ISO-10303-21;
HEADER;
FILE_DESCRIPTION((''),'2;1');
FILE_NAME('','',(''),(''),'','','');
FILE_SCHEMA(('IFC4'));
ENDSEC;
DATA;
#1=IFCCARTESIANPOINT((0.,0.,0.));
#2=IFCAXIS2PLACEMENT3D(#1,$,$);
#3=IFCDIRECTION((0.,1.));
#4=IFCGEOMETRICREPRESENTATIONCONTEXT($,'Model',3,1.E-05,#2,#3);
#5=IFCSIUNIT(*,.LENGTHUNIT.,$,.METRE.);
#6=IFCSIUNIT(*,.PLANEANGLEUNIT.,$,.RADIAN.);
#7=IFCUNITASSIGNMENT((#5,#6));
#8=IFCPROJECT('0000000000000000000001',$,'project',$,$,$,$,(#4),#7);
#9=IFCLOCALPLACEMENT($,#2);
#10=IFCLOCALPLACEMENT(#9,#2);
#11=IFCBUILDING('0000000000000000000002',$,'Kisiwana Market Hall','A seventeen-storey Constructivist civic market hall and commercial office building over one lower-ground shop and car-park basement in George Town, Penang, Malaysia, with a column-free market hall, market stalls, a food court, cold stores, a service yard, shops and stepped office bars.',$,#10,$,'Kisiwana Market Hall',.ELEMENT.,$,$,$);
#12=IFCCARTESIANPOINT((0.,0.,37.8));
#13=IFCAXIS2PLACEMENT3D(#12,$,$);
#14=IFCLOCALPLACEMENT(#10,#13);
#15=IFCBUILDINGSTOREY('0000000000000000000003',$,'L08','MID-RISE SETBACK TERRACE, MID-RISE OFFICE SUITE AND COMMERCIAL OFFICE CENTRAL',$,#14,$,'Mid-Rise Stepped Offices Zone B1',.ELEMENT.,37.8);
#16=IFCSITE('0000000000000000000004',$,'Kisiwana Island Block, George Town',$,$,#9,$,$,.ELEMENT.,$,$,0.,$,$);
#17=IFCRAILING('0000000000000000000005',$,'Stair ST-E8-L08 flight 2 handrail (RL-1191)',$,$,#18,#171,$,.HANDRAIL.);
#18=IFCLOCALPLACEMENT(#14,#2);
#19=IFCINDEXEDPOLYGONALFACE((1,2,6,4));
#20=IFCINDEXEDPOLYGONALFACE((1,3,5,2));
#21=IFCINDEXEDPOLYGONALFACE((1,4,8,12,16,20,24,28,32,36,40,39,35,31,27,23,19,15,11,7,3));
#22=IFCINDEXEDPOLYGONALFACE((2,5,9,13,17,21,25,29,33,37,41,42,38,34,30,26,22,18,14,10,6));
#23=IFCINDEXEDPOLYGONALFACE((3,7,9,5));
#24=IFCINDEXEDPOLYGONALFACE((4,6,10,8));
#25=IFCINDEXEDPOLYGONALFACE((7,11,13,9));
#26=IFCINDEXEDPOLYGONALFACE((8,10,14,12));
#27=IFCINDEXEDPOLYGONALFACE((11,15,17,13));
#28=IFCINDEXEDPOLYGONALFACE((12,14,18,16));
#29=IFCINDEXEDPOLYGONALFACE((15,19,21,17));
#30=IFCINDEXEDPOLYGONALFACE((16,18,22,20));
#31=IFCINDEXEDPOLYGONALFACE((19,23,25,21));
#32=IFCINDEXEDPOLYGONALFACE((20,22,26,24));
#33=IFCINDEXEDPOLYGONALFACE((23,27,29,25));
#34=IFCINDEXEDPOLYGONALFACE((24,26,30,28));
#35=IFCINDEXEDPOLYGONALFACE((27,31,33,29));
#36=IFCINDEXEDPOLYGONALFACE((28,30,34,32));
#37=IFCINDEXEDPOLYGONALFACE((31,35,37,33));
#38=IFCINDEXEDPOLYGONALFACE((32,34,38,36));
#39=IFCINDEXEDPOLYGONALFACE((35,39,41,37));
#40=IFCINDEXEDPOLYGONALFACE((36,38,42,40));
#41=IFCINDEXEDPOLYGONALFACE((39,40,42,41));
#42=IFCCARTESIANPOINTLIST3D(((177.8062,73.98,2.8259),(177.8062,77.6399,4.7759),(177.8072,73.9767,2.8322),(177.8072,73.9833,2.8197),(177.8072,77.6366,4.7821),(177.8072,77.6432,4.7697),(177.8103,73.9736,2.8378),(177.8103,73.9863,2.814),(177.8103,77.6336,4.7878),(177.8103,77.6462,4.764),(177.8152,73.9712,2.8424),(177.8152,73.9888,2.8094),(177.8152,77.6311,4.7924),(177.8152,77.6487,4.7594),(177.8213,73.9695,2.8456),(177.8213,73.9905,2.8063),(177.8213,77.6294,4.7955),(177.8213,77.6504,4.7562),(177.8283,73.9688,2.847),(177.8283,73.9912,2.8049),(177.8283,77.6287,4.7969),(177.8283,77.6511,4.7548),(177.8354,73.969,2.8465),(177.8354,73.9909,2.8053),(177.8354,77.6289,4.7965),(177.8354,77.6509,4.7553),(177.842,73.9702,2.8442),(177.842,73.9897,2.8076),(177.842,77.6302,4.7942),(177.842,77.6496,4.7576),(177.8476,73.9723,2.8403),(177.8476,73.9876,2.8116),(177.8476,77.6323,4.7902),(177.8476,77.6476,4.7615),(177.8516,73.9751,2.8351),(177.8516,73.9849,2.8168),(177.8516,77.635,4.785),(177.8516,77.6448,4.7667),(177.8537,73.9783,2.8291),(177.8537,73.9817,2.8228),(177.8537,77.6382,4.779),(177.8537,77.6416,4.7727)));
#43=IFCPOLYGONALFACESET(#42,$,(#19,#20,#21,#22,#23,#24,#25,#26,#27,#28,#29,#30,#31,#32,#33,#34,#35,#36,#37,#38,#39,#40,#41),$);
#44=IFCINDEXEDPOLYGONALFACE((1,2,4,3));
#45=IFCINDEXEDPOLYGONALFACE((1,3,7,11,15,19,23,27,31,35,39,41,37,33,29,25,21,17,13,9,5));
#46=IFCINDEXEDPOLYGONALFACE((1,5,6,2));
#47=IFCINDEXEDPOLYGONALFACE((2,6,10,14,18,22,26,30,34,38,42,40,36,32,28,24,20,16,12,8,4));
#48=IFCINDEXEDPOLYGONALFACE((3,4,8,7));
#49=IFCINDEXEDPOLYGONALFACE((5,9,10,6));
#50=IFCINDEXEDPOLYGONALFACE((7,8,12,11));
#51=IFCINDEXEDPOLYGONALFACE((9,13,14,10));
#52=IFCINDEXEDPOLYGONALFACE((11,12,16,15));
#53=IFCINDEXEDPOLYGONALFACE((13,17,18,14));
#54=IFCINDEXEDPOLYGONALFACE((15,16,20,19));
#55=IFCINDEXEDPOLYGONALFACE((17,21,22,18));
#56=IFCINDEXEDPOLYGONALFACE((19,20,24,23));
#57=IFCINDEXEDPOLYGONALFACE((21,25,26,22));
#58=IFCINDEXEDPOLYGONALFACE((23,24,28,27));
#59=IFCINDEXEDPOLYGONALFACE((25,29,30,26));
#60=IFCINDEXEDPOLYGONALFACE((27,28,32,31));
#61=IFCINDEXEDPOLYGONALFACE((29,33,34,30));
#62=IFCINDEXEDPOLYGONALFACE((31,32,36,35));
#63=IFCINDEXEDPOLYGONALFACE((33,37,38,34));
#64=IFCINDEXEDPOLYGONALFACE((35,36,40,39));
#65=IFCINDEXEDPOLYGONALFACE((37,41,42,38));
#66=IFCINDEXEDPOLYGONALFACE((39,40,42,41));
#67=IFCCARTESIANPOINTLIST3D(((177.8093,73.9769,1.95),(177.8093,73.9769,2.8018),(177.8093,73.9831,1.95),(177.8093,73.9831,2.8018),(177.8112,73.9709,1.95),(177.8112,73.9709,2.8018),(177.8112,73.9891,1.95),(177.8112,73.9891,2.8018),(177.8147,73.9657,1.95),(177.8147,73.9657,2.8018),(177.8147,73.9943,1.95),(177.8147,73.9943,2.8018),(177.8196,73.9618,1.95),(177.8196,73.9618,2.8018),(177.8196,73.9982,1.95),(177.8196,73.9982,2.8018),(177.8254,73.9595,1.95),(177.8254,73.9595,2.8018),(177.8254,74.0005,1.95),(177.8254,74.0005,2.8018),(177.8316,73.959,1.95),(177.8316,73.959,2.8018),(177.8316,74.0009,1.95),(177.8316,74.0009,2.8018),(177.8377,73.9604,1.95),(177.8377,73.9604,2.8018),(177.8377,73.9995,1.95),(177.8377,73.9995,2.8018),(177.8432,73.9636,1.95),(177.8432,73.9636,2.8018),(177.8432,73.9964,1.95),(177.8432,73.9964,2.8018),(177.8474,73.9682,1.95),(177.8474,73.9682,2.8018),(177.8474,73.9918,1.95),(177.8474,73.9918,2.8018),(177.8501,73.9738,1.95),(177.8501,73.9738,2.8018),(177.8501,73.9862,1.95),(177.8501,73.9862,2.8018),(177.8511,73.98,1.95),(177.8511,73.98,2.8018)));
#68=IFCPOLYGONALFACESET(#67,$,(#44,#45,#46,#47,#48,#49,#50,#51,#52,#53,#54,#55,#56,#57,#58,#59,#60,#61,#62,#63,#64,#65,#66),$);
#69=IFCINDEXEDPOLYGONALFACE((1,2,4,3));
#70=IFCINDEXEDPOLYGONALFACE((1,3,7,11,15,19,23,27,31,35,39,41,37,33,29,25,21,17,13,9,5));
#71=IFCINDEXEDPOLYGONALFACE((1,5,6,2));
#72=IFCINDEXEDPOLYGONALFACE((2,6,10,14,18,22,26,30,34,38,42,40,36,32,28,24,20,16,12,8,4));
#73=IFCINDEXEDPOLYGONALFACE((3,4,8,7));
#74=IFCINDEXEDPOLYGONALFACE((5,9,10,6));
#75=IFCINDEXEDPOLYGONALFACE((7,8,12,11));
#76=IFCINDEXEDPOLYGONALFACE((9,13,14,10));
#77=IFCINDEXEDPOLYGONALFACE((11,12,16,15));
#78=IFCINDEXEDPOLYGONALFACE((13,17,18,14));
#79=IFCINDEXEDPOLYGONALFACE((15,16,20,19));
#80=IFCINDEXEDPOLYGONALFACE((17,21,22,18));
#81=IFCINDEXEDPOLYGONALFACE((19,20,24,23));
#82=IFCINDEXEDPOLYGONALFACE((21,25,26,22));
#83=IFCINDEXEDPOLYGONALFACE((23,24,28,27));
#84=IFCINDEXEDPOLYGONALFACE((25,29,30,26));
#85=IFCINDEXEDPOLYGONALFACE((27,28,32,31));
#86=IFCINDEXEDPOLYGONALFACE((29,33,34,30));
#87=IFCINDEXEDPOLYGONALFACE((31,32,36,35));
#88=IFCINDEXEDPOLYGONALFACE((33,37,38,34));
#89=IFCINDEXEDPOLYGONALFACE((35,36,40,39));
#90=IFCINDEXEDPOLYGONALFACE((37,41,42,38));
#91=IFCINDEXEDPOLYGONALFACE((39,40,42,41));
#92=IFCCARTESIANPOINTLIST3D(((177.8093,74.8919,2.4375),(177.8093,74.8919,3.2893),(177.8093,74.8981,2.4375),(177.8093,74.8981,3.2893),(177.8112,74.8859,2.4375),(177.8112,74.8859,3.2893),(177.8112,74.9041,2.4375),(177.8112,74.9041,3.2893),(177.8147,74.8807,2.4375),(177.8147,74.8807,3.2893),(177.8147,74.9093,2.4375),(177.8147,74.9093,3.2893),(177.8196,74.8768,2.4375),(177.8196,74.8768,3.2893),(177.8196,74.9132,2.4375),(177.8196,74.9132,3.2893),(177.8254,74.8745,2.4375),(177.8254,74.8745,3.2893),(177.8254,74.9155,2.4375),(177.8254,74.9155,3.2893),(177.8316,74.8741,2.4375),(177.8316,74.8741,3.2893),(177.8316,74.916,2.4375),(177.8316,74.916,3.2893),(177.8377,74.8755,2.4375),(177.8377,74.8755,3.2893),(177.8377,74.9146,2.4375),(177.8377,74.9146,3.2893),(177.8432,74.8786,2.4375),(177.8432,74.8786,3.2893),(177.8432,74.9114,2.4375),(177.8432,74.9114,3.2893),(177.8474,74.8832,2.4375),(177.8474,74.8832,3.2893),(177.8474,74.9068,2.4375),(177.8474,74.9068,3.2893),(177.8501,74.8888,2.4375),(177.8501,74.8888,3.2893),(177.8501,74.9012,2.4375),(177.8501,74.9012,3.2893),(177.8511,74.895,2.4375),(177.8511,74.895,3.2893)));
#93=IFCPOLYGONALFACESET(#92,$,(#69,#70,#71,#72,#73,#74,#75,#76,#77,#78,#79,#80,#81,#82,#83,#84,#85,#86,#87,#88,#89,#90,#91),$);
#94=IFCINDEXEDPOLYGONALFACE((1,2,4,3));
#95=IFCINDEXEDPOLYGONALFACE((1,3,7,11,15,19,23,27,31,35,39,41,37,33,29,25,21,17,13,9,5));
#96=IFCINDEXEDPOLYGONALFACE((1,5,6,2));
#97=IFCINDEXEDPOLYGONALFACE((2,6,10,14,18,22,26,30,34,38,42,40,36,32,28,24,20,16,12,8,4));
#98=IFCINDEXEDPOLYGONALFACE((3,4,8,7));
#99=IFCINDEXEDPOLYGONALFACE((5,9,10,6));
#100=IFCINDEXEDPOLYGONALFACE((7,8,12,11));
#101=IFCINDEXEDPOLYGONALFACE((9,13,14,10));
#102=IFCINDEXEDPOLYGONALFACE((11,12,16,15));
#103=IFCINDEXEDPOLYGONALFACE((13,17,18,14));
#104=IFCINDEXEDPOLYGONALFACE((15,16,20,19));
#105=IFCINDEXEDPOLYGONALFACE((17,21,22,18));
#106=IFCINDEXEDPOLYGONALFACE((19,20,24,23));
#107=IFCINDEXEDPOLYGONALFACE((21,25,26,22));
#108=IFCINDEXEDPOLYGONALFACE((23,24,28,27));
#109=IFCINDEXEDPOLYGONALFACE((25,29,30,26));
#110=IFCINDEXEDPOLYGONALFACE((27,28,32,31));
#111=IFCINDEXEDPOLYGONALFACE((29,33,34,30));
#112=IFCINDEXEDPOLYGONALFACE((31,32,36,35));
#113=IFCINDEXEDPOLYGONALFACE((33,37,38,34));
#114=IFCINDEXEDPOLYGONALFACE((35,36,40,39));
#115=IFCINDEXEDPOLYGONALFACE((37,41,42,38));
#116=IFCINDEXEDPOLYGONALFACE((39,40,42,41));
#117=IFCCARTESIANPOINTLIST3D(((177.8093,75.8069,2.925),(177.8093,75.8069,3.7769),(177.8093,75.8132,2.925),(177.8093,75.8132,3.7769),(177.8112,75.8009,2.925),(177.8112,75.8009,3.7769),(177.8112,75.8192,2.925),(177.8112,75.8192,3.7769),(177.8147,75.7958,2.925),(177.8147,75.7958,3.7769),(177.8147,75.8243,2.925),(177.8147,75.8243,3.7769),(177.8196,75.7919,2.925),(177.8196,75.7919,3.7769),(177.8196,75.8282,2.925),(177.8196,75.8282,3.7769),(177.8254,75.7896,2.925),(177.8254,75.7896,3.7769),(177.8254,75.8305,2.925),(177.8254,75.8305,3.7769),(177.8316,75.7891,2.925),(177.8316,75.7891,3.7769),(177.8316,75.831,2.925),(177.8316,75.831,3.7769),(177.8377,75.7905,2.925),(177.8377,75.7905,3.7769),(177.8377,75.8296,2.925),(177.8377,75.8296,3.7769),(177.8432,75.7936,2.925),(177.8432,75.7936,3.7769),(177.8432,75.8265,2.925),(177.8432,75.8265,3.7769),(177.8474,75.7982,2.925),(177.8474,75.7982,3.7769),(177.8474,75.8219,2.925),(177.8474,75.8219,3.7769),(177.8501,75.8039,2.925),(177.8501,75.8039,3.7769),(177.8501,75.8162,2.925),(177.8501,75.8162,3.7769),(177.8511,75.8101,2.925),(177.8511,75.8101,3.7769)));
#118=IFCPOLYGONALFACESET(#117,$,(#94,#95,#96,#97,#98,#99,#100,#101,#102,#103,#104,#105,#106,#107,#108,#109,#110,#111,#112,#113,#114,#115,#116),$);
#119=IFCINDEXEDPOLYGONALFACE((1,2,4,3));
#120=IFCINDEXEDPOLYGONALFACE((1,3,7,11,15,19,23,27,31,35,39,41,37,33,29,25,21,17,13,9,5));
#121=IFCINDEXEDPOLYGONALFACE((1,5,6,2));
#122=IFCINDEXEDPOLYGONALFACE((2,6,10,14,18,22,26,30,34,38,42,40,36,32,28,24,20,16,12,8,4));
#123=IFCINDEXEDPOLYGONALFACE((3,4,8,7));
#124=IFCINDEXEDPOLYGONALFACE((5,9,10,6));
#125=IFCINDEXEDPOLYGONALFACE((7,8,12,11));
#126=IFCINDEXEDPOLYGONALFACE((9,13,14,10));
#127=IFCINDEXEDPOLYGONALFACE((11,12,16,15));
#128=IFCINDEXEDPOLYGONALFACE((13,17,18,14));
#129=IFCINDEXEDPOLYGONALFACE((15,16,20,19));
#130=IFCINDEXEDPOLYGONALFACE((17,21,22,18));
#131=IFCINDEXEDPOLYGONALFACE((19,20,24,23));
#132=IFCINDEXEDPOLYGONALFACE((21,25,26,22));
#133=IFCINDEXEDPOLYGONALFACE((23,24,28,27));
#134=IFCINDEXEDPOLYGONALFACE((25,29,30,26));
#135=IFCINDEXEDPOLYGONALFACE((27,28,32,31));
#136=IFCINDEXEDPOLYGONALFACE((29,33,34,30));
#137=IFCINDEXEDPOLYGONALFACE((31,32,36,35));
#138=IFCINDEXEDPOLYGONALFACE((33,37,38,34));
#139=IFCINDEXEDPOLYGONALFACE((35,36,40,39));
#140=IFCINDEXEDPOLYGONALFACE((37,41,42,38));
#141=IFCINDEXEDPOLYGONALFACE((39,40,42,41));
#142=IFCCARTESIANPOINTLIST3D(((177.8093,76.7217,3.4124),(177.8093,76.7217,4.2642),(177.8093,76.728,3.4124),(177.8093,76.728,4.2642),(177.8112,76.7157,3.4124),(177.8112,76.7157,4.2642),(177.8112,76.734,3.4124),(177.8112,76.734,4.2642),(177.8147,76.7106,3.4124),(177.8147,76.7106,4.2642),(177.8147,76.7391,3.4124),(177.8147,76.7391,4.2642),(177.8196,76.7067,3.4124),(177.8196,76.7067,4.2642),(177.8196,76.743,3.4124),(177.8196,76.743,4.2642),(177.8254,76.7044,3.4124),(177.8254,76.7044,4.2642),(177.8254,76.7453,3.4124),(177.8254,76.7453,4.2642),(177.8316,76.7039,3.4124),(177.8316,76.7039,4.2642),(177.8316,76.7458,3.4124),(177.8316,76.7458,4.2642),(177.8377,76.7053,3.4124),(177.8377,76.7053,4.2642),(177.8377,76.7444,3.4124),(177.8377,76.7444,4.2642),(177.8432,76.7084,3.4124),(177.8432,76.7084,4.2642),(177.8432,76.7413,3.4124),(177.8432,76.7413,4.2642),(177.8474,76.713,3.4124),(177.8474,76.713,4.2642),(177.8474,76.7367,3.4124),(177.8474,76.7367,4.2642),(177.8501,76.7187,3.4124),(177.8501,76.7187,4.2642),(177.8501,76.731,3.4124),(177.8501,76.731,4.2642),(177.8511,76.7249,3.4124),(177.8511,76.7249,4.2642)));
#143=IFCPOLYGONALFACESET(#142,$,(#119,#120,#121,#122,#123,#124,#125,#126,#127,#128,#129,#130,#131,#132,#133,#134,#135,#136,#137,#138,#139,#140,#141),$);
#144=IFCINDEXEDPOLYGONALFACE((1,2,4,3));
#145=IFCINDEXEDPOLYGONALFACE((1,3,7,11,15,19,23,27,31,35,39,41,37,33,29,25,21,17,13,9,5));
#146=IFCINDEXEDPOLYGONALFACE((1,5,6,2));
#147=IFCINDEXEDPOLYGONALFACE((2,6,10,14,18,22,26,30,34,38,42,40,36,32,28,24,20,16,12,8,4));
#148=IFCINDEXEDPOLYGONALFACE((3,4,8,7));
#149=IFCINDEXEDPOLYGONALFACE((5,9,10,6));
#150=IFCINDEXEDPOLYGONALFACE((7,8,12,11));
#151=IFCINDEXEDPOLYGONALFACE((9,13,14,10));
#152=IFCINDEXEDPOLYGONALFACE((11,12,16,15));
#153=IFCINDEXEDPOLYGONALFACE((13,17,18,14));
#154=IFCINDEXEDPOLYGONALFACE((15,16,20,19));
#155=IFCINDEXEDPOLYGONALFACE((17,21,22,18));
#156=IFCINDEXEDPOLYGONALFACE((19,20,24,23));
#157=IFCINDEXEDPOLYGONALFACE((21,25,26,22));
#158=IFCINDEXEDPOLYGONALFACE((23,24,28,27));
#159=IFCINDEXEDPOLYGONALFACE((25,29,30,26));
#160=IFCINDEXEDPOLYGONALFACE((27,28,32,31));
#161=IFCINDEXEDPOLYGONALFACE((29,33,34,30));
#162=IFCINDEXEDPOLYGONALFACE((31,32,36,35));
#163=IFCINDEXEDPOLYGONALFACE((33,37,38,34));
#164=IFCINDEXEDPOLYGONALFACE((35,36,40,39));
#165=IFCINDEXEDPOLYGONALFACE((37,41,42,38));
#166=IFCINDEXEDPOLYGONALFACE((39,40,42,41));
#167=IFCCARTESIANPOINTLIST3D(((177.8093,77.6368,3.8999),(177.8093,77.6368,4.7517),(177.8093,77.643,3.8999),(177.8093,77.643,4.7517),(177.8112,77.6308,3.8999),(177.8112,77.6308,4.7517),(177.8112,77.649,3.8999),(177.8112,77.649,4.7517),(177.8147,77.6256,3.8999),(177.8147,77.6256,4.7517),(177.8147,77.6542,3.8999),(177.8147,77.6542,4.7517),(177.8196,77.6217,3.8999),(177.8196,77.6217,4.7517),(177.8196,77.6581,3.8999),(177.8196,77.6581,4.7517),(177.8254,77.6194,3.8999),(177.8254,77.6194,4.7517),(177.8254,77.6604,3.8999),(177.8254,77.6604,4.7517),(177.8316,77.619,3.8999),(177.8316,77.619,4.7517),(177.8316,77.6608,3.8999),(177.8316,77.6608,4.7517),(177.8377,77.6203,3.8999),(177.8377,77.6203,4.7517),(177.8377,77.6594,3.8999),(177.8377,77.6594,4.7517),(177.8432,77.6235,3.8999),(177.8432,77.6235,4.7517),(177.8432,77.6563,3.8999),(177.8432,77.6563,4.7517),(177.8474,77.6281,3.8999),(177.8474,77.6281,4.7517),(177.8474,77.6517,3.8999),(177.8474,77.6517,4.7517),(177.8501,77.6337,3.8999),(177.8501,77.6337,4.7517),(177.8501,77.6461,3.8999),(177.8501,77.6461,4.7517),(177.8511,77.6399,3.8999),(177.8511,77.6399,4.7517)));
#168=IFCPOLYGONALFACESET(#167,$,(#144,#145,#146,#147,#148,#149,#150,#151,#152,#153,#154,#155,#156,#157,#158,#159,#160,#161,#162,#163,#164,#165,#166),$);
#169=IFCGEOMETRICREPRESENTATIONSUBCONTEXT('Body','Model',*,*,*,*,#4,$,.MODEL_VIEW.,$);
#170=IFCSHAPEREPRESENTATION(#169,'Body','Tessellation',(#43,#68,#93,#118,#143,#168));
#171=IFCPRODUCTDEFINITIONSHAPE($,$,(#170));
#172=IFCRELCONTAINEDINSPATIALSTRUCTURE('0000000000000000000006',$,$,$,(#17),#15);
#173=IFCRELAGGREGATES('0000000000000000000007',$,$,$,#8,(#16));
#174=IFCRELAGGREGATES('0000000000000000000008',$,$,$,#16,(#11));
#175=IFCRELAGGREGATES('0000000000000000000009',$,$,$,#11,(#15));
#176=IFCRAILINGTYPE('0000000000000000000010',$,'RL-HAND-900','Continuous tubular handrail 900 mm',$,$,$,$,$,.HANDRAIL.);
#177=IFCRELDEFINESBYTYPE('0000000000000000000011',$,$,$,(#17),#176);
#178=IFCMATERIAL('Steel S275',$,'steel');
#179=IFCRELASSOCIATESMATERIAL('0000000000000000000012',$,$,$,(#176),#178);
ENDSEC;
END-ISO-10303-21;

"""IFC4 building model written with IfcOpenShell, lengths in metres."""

from ifc_helpers import new_model, si_unit, direction, frame, origin, origin_2d, place, context, subcontext, project, spatial, circle, extrude, material, type_object, element, save


model = new_model("IFC4")

# Units and contexts
model_context = context("Model", 3, precision=1e-05, world=origin(), true_north=direction((0.0, 1.0)))
body_context = subcontext(model_context, "Body", "Model", "MODEL_VIEW")
ifc_project = project(units=[si_unit("LENGTHUNIT", "METRE"), si_unit("PLANEANGLEUNIT", "RADIAN")], contexts=[model_context])

# Site, building, storey
site_placement = place(None, origin())
site = spatial("IfcSite", under=ifc_project, at=site_placement, Name="Kisiwana Island Block, George Town", CompositionType="ELEMENT", RefElevation=0.0)
building_placement = place(site_placement, origin())
building = spatial("IfcBuilding", under=site, at=building_placement, Name="Kisiwana Market Hall", Description="A seventeen-storey Constructivist civic market hall and commercial office building over one lower-ground shop and car-park basement in George Town, Penang, Malaysia, with a column-free market hall, market stalls, a food court, cold stores, a service yard, shops and stepped office bars.", LongName="Kisiwana Market Hall", CompositionType="ELEMENT")
storey_placement = place(building_placement, frame((0.0, 0.0, 37.8)))
storey = spatial("IfcBuildingStorey", under=building, at=storey_placement, Name="L08", Description="MID-RISE SETBACK TERRACE, MID-RISE OFFICE SUITE AND COMMERCIAL OFFICE CENTRAL", LongName="Mid-Rise Stepped Offices Zone B1", CompositionType="ELEMENT", Elevation=37.8)

# Railing
ifc_material_1 = material(Name="Steel S275", Category="steel")
railing_type_1 = type_object("IfcRailingType", Name="RL-HAND-900", Description="Continuous tubular handrail 900 mm", PredefinedType="HANDRAIL", material=ifc_material_1)
railing_1_placement = place(storey_placement, frame((177.8301, 73.98, 1.95)))
element("IfcRailing", 1, at=railing_1_placement, inside=storey, type_object=railing_type_1, Name="Stair ST-E8-L08 flight 2 handrail (RL-1191)", PredefinedType="HANDRAIL", context=body_context, shape_type="SweptSolid", body=[
    extrude(circle(Radius=0.0239, at=origin_2d()), frame((0.0, 0.0, 0.876), z_axis=(0.0, 0.882553, 0.470212), x_axis=(-1.0, 0.0, 0.0)), (0.0, 0.0, 1.0), 4.147),
    extrude(circle(Radius=0.021, at=origin_2d()), origin(), (0.0, 0.0, 1.0), 0.8518),
    extrude(circle(Radius=0.021, at=origin_2d()), frame((0.0, 0.915, 0.4875)), (0.0, 0.0, 1.0), 0.8518),
    extrude(circle(Radius=0.021, at=origin_2d()), frame((0.0, 1.8301, 0.9751)), (0.0, 0.0, 1.0), 0.8518),
    extrude(circle(Radius=0.021, at=origin_2d()), frame((0.0, 2.7449, 1.4624)), (0.0, 0.0, 1.0), 0.8518),
    extrude(circle(Radius=0.021, at=origin_2d()), frame((0.0, 3.6599, 1.95)), (0.0, 0.0, 1.0), 0.8518),
])

save(model, "model.ifc")
